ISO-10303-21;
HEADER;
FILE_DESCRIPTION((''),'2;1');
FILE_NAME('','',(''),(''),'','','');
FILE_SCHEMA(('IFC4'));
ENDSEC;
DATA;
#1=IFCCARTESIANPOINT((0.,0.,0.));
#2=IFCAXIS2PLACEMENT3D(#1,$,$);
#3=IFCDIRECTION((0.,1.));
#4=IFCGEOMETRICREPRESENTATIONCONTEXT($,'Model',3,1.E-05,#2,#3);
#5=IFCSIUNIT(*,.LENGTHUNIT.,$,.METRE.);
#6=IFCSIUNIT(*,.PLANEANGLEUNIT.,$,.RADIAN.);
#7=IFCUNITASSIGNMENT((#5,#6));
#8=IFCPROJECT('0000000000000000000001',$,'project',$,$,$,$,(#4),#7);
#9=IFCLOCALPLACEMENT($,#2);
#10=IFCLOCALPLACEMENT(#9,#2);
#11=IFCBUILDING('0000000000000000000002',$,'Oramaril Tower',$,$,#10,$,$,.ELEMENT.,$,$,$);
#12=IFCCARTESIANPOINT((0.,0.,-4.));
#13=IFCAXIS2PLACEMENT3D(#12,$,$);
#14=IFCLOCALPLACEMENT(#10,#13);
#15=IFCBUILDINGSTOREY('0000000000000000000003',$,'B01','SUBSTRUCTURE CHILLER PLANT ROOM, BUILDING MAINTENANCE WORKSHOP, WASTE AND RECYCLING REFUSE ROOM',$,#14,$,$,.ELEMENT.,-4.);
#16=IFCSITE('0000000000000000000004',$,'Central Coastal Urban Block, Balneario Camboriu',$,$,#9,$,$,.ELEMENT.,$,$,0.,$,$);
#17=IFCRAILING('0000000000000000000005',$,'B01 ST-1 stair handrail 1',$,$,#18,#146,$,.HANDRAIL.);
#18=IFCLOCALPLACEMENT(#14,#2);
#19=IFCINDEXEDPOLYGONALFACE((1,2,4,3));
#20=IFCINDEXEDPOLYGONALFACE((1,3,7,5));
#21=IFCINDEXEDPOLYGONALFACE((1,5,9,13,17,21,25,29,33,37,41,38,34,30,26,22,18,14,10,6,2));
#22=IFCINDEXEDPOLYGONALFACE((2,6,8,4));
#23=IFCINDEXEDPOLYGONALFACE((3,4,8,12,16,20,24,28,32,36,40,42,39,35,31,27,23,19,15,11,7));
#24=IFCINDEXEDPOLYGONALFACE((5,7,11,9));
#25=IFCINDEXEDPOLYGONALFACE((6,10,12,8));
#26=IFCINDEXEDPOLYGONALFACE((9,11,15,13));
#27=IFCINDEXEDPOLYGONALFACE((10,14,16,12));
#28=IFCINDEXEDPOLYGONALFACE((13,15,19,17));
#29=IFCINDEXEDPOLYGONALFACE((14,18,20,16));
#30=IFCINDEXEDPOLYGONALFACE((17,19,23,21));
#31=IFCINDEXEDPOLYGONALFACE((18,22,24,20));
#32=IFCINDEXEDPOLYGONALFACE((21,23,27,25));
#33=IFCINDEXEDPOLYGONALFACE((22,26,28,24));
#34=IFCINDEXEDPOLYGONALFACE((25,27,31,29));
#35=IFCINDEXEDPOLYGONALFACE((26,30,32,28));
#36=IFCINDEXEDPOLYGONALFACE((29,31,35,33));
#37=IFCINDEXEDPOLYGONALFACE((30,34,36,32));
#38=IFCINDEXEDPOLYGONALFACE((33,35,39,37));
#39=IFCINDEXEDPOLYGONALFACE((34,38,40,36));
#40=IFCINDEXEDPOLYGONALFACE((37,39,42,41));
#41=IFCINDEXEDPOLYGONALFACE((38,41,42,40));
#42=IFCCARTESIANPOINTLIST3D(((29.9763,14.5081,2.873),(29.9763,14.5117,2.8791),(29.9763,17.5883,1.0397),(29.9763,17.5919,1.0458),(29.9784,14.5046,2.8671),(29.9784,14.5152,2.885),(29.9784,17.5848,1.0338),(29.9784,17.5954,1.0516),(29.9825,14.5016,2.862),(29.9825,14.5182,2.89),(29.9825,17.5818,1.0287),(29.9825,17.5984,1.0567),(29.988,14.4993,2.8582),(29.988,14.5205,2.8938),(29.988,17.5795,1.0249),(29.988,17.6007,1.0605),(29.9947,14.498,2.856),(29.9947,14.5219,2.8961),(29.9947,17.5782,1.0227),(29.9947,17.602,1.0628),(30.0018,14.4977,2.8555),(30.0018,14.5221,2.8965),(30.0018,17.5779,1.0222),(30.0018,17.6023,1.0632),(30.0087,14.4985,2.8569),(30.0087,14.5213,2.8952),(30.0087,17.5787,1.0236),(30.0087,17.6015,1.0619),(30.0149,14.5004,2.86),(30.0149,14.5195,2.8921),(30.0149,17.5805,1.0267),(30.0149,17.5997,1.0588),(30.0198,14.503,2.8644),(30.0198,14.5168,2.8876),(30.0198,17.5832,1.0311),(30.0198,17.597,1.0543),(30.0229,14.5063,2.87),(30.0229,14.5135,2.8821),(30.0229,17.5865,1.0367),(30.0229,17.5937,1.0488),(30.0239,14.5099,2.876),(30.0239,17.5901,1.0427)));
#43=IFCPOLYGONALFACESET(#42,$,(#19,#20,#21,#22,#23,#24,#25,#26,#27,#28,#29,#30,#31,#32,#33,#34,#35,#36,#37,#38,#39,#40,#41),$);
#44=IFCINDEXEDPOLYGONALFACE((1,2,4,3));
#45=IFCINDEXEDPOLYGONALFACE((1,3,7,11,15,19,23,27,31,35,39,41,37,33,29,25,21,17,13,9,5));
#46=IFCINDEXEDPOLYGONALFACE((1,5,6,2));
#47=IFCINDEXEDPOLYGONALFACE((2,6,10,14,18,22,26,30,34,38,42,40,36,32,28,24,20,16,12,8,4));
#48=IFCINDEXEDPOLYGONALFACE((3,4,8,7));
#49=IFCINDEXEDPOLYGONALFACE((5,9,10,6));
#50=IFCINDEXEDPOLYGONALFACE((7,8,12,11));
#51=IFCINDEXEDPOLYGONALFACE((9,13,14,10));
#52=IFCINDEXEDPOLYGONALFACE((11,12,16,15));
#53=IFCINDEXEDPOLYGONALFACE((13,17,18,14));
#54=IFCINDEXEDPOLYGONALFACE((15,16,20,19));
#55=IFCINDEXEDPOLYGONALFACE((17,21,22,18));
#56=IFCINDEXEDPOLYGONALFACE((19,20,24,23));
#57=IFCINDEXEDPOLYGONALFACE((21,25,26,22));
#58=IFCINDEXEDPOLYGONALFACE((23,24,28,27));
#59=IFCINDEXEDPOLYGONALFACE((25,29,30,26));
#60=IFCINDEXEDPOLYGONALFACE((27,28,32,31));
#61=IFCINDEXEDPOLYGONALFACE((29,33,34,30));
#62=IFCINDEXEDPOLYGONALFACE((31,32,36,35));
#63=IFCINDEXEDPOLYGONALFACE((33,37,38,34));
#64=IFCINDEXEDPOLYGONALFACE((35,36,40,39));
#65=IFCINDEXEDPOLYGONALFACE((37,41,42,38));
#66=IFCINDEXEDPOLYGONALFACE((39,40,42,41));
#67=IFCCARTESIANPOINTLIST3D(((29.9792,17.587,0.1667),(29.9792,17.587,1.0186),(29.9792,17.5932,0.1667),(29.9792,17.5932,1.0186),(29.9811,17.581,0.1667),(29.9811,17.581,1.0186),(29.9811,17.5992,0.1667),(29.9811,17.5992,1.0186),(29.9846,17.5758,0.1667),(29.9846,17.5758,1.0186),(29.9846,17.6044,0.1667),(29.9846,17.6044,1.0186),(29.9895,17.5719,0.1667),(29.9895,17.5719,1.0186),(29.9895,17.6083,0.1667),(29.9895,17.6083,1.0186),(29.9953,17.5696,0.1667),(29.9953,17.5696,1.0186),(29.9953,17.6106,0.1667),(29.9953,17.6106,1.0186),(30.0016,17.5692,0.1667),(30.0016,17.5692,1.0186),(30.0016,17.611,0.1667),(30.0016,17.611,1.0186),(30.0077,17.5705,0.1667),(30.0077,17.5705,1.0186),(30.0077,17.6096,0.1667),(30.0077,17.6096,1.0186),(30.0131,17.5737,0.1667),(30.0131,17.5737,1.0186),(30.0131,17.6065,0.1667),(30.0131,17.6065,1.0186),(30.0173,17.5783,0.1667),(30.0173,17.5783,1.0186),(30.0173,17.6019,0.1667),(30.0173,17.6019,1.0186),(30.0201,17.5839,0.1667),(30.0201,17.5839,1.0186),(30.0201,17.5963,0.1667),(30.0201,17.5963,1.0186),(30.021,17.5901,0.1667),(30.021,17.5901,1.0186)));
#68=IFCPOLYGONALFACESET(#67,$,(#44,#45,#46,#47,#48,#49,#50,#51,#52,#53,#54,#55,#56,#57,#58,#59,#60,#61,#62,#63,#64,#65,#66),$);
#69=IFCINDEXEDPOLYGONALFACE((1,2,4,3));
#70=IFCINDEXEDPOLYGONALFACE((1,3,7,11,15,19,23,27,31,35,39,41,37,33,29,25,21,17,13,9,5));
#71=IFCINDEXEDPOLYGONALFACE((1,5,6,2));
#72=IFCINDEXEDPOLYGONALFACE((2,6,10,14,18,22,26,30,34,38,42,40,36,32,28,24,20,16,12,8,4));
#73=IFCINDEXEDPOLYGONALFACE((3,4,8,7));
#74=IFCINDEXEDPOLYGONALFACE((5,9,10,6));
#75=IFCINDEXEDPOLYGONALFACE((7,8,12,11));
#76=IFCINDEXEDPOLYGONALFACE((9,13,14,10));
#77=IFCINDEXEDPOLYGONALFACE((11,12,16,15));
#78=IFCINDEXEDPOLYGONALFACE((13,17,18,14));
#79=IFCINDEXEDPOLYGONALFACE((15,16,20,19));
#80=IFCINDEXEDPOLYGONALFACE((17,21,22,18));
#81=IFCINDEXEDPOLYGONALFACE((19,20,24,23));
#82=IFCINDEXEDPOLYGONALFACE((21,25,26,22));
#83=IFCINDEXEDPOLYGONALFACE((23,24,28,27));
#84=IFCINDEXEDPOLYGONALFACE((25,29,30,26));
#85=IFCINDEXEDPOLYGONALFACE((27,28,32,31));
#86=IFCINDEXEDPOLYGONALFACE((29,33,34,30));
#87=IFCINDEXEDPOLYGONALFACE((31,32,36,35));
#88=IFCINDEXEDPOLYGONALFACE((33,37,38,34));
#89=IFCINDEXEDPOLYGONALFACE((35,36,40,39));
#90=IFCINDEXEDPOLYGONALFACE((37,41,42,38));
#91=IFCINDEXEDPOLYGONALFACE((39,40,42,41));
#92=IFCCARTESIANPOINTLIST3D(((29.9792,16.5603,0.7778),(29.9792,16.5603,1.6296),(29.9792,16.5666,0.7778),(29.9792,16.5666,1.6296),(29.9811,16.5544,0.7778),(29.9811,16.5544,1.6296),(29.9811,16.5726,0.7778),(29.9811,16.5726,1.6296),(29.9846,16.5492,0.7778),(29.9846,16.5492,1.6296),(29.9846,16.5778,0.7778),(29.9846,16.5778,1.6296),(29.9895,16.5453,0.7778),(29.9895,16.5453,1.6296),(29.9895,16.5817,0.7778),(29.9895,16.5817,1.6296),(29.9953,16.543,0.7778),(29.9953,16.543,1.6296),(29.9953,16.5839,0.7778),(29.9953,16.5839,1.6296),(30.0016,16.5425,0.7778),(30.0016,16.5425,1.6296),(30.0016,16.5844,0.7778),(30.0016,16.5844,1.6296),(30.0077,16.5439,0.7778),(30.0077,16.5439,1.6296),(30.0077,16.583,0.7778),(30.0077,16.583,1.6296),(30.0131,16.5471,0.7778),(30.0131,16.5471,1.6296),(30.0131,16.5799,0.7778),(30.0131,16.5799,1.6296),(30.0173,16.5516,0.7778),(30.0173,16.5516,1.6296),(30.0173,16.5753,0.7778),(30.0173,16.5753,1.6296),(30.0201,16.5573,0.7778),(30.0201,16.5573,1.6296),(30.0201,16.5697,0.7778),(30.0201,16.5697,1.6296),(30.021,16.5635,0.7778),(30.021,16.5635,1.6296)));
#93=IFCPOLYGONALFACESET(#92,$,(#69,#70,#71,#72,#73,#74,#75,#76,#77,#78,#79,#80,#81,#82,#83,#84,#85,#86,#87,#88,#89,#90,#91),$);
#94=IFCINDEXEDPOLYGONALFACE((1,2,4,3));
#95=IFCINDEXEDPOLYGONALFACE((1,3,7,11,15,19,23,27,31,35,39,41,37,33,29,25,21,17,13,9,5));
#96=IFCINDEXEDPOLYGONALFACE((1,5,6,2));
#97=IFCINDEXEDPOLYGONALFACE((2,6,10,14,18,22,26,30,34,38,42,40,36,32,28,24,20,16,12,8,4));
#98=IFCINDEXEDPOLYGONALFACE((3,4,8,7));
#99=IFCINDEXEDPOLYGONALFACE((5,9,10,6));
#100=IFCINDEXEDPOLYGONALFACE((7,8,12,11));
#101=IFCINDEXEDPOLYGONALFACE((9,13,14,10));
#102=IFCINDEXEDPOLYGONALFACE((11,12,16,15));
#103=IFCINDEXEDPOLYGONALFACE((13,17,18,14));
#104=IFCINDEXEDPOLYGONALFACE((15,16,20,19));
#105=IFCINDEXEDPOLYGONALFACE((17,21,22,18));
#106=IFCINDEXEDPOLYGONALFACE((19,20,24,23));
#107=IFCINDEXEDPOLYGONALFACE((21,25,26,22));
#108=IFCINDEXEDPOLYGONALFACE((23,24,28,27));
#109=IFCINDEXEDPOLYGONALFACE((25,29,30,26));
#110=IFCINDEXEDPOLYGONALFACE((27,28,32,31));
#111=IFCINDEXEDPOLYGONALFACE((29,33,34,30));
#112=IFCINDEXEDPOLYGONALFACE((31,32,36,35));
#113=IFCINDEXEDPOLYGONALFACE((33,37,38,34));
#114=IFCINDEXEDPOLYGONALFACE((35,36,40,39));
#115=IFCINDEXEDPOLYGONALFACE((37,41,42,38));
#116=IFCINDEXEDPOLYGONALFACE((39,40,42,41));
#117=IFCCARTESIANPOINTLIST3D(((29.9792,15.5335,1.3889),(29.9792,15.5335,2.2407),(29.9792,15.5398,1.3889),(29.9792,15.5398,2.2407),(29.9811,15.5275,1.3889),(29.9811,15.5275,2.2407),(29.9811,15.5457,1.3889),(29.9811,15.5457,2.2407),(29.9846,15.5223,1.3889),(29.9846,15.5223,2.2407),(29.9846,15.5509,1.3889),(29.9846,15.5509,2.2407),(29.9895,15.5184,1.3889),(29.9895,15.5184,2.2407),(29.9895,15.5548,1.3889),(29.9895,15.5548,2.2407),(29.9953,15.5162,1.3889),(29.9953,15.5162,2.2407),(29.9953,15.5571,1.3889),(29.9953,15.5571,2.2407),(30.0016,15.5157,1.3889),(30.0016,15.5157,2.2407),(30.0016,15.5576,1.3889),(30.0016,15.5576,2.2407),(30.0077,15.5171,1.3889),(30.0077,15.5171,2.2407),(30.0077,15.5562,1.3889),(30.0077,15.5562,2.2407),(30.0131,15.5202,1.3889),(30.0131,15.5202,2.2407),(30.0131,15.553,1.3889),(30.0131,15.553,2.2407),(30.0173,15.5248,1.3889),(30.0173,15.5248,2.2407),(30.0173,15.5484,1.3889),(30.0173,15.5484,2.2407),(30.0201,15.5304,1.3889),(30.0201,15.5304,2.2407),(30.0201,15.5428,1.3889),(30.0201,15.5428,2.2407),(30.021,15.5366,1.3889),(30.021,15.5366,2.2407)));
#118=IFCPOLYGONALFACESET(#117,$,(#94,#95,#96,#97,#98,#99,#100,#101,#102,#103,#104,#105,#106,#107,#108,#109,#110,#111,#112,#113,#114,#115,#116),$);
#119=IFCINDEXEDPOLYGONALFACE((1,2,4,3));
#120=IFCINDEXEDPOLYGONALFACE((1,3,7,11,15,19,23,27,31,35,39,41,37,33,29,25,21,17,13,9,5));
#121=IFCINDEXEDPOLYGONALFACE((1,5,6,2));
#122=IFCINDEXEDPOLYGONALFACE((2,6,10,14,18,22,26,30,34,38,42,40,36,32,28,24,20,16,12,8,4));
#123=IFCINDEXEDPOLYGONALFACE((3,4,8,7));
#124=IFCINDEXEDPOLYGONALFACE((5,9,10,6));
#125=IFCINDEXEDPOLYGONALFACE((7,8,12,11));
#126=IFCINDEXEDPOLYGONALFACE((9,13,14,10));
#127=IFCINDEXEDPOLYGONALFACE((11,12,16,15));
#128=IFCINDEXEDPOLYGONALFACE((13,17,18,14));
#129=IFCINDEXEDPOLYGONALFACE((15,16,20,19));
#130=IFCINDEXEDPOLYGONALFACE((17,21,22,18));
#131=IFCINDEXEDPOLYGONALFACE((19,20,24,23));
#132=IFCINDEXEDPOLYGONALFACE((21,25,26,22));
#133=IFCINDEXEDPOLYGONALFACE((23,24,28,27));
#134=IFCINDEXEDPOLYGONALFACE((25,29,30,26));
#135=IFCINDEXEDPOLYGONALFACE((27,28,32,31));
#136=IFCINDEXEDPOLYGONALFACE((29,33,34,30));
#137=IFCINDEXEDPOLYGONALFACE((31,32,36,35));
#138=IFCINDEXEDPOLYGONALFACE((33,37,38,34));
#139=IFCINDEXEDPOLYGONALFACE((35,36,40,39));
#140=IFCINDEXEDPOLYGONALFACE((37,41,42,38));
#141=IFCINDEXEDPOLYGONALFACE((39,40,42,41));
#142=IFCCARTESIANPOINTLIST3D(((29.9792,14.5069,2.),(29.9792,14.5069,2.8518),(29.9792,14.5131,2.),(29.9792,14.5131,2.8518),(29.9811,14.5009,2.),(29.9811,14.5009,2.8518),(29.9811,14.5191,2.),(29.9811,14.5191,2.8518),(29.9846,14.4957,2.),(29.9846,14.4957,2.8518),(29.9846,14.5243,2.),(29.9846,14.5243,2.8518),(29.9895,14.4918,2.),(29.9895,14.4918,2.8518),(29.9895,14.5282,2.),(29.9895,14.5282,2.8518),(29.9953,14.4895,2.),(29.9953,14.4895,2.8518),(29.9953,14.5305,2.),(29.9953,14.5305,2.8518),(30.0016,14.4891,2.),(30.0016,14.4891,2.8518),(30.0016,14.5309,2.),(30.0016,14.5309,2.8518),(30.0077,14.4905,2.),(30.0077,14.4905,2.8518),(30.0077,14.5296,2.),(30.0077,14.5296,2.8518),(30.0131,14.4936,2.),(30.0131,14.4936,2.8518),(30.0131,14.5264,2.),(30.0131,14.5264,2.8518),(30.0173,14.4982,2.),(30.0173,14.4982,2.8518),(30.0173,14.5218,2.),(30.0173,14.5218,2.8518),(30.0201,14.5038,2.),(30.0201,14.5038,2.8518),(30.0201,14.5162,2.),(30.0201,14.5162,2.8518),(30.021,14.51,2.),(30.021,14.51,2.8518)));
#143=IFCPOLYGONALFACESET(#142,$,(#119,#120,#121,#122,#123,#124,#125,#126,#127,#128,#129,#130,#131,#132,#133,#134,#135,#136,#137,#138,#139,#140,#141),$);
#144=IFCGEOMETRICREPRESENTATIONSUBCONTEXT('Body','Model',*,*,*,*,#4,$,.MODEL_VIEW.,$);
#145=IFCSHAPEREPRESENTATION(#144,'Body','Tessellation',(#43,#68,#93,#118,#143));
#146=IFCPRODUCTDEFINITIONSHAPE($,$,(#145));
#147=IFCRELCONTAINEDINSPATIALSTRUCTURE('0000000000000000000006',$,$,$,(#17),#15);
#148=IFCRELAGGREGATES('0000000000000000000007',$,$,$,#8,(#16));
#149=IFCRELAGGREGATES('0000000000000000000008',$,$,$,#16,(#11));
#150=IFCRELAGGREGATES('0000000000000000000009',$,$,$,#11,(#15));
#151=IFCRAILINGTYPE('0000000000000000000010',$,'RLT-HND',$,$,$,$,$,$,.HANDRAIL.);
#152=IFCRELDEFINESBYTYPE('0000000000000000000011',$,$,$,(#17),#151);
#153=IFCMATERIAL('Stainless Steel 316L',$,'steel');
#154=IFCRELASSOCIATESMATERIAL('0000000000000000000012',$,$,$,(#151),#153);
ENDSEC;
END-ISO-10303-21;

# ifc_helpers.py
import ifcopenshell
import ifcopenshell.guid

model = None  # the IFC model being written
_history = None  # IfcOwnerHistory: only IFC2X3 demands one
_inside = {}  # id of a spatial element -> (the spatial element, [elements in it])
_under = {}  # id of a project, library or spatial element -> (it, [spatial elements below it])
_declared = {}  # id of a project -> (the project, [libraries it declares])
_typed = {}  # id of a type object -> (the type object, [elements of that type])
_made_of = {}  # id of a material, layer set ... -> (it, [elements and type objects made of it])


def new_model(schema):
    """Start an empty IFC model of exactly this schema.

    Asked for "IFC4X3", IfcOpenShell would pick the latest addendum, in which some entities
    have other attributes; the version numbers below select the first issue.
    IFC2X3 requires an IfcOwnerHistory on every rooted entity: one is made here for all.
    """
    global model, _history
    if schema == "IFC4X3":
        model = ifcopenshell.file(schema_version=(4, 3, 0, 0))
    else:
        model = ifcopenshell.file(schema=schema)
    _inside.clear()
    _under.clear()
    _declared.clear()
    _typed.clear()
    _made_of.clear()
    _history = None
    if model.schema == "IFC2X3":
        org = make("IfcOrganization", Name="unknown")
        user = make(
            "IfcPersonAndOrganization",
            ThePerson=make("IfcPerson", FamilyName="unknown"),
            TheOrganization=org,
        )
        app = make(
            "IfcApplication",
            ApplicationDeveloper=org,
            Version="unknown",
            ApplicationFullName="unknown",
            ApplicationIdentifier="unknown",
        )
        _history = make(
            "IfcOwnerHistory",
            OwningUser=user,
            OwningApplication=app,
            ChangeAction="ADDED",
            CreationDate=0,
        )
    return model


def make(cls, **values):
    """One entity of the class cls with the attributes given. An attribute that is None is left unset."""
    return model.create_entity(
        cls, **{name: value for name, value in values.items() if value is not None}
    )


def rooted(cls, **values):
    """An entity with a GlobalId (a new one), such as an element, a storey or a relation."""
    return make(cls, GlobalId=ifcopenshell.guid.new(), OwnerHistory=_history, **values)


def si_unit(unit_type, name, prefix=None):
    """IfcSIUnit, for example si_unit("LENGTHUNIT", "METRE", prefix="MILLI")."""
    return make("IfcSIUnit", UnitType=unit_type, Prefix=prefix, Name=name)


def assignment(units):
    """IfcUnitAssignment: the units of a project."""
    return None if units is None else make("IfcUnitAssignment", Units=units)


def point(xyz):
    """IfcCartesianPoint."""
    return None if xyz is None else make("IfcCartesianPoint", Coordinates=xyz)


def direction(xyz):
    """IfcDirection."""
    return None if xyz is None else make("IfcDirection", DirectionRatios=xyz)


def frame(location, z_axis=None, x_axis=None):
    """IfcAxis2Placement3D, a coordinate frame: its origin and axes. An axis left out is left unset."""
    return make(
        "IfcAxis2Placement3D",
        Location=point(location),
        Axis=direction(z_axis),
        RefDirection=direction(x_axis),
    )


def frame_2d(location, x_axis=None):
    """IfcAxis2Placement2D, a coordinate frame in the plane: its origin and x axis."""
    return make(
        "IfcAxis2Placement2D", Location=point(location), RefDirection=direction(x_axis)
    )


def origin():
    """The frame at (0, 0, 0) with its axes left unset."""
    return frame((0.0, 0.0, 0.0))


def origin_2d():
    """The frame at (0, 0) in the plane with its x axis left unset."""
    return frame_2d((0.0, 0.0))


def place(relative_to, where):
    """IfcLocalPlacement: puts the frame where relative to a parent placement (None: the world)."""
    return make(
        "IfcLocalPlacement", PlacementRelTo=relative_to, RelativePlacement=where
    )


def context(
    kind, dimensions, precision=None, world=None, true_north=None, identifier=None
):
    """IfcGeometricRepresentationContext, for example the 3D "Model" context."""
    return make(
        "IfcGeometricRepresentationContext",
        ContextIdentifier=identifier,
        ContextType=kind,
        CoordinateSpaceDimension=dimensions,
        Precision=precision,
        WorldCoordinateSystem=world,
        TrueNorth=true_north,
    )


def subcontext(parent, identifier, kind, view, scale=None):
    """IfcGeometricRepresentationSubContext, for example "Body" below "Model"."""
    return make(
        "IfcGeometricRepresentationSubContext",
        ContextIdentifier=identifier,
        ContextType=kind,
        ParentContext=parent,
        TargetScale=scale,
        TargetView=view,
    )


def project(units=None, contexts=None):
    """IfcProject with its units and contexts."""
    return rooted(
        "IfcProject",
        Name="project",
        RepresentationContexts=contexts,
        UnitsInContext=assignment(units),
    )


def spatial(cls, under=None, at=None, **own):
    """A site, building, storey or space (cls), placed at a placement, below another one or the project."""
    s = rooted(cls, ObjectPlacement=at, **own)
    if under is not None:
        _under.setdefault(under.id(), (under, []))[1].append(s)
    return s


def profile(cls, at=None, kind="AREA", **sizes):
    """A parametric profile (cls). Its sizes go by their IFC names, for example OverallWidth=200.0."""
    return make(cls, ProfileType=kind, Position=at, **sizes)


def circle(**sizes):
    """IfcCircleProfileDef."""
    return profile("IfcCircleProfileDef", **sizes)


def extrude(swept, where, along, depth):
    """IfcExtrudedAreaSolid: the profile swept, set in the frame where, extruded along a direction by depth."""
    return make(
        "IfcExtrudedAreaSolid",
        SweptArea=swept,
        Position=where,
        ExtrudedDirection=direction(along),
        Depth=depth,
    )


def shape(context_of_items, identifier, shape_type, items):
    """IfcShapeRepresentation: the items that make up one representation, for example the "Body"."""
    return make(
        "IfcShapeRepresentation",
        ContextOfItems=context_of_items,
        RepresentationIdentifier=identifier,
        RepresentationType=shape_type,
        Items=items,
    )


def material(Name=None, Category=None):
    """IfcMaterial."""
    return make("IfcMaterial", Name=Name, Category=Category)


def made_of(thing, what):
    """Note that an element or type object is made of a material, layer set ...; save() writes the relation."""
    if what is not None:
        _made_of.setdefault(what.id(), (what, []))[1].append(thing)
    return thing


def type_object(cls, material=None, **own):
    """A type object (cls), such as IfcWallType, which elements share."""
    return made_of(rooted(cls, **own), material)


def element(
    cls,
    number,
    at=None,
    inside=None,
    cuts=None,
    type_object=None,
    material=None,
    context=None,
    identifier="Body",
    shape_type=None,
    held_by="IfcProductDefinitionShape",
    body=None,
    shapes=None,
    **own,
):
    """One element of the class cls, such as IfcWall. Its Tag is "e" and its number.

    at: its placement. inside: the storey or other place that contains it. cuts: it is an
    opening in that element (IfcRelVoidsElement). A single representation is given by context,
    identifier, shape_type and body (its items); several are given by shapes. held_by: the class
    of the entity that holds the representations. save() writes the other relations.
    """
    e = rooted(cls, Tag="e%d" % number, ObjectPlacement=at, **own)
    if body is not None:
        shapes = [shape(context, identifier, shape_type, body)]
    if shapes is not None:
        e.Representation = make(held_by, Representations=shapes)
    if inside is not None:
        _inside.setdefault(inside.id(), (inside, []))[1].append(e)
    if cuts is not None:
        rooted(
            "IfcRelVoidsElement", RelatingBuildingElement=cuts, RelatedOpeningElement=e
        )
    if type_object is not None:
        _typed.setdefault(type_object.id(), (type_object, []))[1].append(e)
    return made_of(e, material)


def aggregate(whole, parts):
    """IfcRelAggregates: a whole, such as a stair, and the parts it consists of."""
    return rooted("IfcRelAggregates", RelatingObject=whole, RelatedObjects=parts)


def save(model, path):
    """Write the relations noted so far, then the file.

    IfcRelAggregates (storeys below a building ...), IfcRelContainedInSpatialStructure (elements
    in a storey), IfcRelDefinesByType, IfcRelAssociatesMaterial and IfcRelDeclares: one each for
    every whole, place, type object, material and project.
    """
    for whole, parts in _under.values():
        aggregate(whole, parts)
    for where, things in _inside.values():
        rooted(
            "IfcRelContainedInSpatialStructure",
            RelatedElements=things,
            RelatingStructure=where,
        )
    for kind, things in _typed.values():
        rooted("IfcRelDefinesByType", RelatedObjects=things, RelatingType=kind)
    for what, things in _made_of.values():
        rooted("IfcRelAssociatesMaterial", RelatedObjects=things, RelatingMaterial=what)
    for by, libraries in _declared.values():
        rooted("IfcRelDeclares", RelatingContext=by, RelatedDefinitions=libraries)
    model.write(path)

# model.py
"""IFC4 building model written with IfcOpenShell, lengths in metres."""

from ifc_helpers import new_model, si_unit, direction, frame, origin, origin_2d, place, context, subcontext, project, spatial, circle, extrude, material, type_object, element, save


model = new_model("IFC4")

# Units and contexts
model_context = context("Model", 3, precision=1e-05, world=origin(), true_north=direction((0.0, 1.0)))
body_context = subcontext(model_context, "Body", "Model", "MODEL_VIEW")
ifc_project = project(units=[si_unit("LENGTHUNIT", "METRE"), si_unit("PLANEANGLEUNIT", "RADIAN")], contexts=[model_context])

# Site, building, storey
site_placement = place(None, origin())
site = spatial("IfcSite", under=ifc_project, at=site_placement, Name="Central Coastal Urban Block, Balneario Camboriu", CompositionType="ELEMENT", RefElevation=0.0)
building_placement = place(site_placement, origin())
building = spatial("IfcBuilding", under=site, at=building_placement, Name="Oramaril Tower", CompositionType="ELEMENT")
storey_placement = place(building_placement, frame((0.0, 0.0, -4.0)))
storey = spatial("IfcBuildingStorey", under=building, at=storey_placement, Name="B01", Description="SUBSTRUCTURE CHILLER PLANT ROOM, BUILDING MAINTENANCE WORKSHOP, WASTE AND RECYCLING REFUSE ROOM", CompositionType="ELEMENT", Elevation=-4.0)

# Railing
ifc_material_1 = material(Name="Stainless Steel 316L", Category="steel")
railing_type_1 = type_object("IfcRailingType", Name="RLT-HND", PredefinedType="HANDRAIL", material=ifc_material_1)
for number, where, name in (
    (1, (30.0, 17.5901, 0.1667), "B01 ST-1 stair handrail 1"),
):
    element("IfcRailing", number, at=place(storey_placement, frame(where)), inside=storey, type_object=railing_type_1, Name=name, PredefinedType="HANDRAIL", context=body_context, shape_type="SweptSolid", body=[
        extrude(circle(Radius=0.0239, at=origin_2d()), frame((0.0, 0.0, 0.876), z_axis=(0.0, -0.859309, 0.511458), x_axis=(1.0, 0.0, 0.0)), (0.0, 0.0, 1.0), 3.5845),
        extrude(circle(Radius=0.021, at=origin_2d()), origin(), (0.0, 0.0, 1.0), 0.8518),
        extrude(circle(Radius=0.021, at=origin_2d()), frame((0.0, -1.0266, 0.6111)), (0.0, 0.0, 1.0), 0.8518),
        extrude(circle(Radius=0.021, at=origin_2d()), frame((0.0, -2.0535, 1.2222)), (0.0, 0.0, 1.0), 0.8518),
        extrude(circle(Radius=0.021, at=origin_2d()), frame((0.0, -3.0801, 1.8333)), (0.0, 0.0, 1.0), 0.8518),
    ])

save(model, "model.ifc")
